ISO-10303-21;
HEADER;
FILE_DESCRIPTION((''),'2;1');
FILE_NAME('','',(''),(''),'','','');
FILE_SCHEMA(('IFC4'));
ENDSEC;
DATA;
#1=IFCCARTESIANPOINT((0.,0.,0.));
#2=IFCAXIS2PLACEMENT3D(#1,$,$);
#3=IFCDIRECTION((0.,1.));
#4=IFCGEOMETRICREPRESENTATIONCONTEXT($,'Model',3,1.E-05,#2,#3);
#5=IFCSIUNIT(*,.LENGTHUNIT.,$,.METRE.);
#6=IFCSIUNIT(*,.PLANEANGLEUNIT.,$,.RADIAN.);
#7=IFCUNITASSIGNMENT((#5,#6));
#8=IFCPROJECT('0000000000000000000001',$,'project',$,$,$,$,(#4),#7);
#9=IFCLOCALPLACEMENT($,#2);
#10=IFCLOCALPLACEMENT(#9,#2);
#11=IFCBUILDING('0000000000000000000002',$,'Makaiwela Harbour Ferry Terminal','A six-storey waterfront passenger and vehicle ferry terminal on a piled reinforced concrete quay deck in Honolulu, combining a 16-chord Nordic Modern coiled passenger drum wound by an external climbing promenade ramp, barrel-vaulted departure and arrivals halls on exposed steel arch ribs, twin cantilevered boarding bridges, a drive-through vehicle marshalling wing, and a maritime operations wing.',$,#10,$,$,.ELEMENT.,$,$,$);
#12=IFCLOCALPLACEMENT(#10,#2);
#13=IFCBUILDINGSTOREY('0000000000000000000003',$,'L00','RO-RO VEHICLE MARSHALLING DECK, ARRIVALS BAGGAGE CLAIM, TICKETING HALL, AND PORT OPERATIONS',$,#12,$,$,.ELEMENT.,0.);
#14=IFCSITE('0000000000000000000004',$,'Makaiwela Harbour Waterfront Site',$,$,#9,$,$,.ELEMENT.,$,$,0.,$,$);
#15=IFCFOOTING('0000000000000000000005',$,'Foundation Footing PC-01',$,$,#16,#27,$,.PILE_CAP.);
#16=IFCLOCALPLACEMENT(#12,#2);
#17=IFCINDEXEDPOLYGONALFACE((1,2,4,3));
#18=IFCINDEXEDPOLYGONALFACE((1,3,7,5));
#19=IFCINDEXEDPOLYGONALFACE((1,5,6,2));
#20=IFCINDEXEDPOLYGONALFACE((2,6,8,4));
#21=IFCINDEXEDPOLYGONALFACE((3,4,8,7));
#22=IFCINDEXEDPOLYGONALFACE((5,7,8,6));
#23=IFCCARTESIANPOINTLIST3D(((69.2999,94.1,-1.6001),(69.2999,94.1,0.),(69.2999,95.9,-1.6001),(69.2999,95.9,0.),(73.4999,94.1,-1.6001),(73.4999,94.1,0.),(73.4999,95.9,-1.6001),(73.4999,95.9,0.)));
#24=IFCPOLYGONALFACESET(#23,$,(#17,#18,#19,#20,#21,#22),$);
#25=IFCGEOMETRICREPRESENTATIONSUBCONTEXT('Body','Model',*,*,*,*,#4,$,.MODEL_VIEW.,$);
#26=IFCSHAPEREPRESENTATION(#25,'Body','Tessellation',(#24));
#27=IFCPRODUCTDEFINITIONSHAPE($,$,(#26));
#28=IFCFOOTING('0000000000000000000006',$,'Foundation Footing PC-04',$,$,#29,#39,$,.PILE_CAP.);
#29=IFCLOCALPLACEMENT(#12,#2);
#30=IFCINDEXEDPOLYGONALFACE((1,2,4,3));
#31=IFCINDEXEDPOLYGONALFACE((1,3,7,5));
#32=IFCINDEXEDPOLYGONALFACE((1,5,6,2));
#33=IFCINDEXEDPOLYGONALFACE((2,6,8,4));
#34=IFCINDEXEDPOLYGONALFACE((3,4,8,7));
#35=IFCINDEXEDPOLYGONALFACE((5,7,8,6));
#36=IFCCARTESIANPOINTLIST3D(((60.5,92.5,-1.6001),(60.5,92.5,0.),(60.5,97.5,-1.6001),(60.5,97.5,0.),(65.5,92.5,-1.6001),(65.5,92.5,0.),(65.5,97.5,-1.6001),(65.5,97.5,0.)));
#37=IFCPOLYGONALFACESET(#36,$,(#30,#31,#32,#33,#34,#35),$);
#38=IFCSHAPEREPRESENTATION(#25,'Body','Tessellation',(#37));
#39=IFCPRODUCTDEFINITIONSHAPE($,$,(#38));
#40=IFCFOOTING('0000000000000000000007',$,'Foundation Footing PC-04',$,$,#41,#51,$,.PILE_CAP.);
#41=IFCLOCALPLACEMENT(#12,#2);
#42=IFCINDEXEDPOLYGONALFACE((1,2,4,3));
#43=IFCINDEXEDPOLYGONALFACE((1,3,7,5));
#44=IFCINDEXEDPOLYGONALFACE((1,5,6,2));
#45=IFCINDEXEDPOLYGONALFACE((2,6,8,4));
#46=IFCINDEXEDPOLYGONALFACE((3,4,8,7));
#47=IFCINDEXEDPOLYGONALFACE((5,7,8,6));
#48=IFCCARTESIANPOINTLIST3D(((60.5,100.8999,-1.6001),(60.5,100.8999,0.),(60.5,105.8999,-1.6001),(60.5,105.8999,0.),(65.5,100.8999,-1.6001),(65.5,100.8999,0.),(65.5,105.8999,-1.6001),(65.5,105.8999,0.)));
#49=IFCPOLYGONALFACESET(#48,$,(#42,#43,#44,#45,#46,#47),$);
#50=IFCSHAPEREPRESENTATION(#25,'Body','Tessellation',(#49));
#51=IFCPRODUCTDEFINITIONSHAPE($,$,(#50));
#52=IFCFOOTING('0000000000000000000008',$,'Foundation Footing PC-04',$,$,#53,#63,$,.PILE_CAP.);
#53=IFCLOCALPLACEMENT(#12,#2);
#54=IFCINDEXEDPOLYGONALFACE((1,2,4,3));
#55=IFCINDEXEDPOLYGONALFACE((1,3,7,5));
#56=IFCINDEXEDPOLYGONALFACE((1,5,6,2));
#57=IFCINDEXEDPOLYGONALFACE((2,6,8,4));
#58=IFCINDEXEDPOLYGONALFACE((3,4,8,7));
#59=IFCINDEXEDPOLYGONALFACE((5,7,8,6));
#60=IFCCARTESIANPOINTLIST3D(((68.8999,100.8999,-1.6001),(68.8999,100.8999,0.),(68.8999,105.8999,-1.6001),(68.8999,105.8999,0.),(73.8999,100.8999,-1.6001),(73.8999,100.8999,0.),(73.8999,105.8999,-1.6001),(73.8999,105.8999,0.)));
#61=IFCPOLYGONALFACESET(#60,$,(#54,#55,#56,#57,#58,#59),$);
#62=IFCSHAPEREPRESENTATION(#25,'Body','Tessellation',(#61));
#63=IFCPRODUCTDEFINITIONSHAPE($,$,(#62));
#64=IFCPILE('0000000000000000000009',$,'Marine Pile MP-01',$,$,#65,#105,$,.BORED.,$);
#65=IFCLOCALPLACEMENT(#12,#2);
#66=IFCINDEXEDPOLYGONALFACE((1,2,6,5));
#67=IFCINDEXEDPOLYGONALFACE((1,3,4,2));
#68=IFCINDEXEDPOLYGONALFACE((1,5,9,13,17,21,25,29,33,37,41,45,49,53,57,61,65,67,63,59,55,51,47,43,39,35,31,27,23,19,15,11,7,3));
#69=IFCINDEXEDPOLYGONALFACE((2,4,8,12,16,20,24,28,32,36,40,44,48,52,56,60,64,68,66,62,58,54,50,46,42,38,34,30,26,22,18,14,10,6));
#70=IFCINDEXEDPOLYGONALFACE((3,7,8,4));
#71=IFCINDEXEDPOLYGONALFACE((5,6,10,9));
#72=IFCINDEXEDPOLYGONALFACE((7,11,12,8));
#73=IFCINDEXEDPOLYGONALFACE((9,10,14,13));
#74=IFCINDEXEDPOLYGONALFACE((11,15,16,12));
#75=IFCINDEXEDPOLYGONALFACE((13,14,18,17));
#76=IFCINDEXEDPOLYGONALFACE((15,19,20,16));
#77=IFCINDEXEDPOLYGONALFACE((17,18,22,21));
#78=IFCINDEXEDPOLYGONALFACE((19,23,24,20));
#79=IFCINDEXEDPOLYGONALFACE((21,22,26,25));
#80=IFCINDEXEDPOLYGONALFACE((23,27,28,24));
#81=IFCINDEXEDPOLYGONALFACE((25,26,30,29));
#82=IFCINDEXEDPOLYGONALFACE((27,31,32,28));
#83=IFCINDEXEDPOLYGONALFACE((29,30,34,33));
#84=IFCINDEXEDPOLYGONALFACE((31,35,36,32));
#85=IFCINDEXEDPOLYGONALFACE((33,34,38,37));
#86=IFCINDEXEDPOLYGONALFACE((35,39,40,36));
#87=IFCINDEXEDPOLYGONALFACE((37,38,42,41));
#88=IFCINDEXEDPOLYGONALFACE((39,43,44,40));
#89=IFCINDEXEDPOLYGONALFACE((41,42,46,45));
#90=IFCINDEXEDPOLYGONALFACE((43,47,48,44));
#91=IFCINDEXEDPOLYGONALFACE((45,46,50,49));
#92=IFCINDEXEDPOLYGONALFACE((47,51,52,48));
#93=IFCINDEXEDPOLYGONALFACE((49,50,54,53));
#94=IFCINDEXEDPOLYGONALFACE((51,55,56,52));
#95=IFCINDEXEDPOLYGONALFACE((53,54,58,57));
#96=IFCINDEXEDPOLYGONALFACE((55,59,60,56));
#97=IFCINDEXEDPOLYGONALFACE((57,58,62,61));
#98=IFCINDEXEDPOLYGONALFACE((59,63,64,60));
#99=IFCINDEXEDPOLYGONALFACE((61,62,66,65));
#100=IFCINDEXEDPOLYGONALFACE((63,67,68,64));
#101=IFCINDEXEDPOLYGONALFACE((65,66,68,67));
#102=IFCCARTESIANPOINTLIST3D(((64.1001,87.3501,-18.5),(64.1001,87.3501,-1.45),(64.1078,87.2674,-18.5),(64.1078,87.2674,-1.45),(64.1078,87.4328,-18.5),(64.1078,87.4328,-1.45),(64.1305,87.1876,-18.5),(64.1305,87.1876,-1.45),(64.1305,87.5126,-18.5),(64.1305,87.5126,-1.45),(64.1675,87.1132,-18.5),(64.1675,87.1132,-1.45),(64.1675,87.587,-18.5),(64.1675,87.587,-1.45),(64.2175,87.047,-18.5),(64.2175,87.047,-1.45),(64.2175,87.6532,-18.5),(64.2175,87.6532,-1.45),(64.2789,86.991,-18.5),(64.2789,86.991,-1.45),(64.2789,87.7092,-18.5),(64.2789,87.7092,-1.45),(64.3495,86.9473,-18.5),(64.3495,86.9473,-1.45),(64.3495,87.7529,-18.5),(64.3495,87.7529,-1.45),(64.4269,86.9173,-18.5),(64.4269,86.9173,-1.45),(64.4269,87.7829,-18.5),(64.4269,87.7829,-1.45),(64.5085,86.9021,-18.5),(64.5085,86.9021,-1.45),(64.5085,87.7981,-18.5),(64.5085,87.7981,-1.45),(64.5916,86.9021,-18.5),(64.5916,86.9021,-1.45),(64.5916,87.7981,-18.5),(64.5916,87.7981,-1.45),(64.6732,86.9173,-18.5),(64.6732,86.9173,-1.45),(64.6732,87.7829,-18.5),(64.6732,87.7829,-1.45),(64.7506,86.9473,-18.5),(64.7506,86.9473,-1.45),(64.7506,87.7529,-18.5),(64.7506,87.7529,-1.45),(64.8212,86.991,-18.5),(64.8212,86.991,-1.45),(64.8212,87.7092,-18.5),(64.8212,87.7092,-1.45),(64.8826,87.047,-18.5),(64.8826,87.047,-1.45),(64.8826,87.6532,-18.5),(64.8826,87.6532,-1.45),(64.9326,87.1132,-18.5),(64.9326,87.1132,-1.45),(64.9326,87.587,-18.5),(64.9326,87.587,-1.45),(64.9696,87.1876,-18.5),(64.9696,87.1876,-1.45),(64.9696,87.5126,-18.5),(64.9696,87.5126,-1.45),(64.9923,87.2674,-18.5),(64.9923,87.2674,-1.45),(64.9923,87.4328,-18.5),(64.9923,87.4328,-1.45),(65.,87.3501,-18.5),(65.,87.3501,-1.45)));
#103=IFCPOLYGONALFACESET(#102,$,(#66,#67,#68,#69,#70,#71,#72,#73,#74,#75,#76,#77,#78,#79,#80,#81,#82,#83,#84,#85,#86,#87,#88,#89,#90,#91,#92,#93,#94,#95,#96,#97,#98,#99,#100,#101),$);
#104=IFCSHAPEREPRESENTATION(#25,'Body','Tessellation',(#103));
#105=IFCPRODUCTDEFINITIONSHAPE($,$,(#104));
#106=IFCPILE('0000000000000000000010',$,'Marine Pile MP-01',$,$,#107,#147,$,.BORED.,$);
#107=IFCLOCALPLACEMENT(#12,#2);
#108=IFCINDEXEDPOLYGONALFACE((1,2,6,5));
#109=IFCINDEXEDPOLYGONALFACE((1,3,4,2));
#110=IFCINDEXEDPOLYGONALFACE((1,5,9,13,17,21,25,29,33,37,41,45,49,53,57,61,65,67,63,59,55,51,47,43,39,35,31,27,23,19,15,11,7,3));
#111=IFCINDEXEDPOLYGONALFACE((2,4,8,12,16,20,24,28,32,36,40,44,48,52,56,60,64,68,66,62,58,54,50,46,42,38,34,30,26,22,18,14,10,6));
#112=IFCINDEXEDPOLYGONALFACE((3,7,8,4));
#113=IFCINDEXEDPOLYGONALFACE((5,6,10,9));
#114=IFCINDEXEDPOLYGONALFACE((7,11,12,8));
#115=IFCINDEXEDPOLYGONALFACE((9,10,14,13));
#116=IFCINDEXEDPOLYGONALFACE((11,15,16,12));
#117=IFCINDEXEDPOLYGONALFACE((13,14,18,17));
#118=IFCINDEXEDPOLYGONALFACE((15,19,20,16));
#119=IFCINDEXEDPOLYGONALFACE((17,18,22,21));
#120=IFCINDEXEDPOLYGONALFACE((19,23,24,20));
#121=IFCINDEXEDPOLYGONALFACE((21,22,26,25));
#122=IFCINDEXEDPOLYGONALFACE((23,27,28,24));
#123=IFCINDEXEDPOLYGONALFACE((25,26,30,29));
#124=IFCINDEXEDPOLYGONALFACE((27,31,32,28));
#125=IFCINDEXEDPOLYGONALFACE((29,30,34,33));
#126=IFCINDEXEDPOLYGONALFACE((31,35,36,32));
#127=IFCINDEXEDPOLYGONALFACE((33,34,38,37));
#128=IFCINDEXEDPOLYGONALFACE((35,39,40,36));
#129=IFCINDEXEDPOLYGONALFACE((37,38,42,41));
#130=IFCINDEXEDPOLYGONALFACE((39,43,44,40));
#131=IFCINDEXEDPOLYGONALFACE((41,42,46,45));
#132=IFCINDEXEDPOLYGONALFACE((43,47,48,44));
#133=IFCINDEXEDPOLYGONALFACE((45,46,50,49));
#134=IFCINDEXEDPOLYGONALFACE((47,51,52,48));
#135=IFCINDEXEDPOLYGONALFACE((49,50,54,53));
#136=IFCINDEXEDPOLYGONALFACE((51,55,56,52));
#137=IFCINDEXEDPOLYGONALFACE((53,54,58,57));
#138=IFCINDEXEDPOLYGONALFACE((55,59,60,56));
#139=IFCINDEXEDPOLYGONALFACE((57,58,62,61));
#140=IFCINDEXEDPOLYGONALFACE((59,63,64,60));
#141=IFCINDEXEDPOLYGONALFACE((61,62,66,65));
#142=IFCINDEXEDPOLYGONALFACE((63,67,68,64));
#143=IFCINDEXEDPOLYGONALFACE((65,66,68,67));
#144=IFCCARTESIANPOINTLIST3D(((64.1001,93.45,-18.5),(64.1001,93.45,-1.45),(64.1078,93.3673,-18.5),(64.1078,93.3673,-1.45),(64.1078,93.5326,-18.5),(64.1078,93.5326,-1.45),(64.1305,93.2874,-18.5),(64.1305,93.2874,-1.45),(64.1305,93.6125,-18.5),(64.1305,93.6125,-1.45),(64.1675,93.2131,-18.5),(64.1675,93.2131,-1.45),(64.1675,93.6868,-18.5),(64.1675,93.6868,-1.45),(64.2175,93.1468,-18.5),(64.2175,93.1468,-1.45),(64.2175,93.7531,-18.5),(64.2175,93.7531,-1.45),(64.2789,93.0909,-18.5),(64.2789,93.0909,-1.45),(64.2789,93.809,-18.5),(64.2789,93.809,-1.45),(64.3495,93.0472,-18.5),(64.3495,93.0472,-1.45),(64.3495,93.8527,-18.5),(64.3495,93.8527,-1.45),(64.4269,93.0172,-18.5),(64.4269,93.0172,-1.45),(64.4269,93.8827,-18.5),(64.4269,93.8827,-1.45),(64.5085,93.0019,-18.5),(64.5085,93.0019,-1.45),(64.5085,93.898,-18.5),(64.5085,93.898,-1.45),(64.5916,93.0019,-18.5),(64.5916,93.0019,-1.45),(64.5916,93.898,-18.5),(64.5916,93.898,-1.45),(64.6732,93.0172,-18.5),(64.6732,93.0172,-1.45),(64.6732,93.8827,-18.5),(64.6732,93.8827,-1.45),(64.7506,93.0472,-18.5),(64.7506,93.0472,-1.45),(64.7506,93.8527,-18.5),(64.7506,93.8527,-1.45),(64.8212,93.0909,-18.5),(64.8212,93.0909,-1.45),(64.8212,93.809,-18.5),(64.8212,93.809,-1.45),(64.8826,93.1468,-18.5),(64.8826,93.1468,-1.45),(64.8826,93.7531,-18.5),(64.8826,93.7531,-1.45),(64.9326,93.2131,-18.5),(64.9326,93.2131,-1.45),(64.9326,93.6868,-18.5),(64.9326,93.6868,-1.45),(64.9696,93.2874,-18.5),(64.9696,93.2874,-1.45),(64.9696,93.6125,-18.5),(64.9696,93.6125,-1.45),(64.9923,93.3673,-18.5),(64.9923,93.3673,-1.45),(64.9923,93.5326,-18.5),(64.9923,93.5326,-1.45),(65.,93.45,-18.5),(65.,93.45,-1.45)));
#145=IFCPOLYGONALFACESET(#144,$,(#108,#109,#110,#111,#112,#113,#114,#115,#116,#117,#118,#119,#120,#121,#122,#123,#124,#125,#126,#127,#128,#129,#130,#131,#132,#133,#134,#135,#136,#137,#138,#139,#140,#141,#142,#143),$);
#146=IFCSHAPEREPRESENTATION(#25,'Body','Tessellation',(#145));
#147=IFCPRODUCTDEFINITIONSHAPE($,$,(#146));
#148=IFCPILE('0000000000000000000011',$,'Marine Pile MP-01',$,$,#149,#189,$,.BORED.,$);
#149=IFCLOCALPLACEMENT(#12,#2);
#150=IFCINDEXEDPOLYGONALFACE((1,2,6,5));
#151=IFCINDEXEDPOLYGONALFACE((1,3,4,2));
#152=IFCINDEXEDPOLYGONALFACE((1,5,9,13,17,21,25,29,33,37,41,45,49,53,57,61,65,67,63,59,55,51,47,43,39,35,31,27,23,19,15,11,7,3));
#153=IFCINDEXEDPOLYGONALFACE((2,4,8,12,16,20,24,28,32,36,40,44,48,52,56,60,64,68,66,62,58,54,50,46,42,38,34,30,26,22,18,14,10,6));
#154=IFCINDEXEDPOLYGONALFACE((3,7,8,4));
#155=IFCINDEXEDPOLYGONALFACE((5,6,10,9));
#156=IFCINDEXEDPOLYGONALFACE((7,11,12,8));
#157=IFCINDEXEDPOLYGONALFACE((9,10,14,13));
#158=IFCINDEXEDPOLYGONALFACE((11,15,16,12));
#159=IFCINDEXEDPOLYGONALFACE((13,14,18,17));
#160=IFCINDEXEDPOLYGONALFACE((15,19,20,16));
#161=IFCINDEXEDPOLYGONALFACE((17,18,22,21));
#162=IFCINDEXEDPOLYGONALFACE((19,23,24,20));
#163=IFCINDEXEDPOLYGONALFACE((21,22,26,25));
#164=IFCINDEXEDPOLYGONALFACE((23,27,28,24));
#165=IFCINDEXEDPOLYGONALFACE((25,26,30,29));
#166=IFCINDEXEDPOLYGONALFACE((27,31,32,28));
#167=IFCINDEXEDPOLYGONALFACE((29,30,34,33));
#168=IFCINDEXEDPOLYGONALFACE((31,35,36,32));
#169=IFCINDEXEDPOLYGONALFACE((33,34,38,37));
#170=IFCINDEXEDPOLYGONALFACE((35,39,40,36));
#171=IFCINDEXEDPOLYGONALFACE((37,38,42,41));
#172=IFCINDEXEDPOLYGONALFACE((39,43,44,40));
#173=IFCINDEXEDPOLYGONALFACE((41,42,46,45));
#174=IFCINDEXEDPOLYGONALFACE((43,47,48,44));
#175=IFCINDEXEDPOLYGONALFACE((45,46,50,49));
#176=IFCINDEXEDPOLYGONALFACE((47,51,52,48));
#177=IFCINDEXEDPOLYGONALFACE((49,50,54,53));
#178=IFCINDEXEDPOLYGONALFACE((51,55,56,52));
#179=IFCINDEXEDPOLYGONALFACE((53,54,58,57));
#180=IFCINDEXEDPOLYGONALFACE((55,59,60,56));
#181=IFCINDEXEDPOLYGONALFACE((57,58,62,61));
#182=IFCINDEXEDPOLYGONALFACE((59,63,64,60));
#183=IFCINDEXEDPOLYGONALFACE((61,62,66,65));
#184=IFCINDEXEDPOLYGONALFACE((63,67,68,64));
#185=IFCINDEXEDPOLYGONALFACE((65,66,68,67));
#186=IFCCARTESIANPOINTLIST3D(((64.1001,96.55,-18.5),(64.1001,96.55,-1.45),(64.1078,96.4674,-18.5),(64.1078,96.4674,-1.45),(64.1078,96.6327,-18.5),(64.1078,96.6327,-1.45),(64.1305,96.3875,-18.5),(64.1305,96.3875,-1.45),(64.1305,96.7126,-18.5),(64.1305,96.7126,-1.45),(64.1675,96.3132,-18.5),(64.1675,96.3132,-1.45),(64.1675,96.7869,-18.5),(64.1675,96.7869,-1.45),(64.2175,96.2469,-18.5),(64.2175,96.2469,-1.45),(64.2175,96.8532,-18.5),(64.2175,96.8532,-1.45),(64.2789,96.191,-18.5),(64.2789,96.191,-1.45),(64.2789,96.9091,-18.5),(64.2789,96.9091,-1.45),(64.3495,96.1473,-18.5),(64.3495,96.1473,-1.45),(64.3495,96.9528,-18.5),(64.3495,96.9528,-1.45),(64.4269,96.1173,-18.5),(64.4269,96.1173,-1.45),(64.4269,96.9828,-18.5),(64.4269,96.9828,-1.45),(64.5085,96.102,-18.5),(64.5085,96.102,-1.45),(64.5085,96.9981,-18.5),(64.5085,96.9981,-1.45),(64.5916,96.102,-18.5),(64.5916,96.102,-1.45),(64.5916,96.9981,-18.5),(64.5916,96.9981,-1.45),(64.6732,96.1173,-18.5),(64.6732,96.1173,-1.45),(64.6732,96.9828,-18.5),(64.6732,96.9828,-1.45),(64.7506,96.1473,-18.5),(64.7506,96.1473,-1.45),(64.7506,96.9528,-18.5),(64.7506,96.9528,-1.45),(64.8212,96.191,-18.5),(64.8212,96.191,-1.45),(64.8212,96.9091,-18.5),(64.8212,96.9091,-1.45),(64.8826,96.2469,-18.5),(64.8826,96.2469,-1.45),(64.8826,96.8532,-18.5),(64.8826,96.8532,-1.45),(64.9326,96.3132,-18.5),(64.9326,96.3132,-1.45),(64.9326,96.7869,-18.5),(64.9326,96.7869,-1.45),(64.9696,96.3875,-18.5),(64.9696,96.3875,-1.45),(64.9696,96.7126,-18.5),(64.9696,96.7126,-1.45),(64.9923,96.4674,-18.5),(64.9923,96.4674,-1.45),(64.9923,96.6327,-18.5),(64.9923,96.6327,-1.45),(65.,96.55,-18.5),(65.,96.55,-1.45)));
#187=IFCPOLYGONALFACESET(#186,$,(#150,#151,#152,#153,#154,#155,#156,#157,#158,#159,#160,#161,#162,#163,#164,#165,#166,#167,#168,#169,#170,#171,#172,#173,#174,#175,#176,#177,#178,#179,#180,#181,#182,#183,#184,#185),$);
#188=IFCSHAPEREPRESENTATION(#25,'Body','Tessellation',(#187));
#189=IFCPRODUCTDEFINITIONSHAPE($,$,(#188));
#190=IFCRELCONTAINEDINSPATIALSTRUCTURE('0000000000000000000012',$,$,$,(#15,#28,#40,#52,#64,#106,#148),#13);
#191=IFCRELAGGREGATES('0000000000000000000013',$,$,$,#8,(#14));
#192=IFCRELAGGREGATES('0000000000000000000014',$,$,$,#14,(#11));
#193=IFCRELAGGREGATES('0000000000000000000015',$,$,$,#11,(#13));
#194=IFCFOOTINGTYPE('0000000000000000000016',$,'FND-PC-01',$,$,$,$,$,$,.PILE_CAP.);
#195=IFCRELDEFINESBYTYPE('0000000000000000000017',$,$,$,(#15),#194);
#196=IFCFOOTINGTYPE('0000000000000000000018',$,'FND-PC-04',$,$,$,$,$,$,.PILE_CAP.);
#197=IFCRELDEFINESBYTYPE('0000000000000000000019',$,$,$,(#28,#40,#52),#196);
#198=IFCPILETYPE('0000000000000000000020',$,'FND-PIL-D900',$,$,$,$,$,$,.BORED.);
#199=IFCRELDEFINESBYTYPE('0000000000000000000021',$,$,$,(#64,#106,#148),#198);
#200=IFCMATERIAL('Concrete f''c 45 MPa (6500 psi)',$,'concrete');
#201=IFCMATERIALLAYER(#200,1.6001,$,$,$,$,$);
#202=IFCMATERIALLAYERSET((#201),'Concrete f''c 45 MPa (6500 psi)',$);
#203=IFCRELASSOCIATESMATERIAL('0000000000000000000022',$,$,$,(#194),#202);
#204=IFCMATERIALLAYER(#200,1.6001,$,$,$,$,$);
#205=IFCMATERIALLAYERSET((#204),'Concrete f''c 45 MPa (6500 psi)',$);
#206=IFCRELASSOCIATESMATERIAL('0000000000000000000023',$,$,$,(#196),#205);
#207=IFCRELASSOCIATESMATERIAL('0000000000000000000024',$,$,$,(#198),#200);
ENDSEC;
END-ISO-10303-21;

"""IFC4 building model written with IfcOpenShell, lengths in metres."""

from ifc_helpers import new_model, si_unit, direction, frame, origin, origin_2d, place, context, subcontext, project, spatial, rectangle, circle, extrude, material, layer, layer_set, material_profile, profile_set, type_object, element, save


model = new_model("IFC4")

# Units and contexts
model_context = context("Model", 3, precision=1e-05, world=origin(), true_north=direction((0.0, 1.0)))
body_context = subcontext(model_context, "Body", "Model", "MODEL_VIEW")
ifc_project = project(units=[si_unit("LENGTHUNIT", "METRE"), si_unit("PLANEANGLEUNIT", "RADIAN")], contexts=[model_context])

# Site, building, storey
site_placement = place(None, origin())
site = spatial("IfcSite", under=ifc_project, at=site_placement, Name="Makaiwela Harbour Waterfront Site", CompositionType="ELEMENT", RefElevation=0.0)
building_placement = place(site_placement, origin())
building = spatial("IfcBuilding", under=site, at=building_placement, Name="Makaiwela Harbour Ferry Terminal", Description="A six-storey waterfront passenger and vehicle ferry terminal on a piled reinforced concrete quay deck in Honolulu, combining a 16-chord Nordic Modern coiled passenger drum wound by an external climbing promenade ramp, barrel-vaulted departure and arrivals halls on exposed steel arch ribs, twin cantilevered boarding bridges, a drive-through vehicle marshalling wing, and a maritime operations wing.", CompositionType="ELEMENT")
storey_placement = place(building_placement, origin())
storey = spatial("IfcBuildingStorey", under=building, at=storey_placement, Name="L00", Description="RO-RO VEHICLE MARSHALLING DECK, ARRIVALS BAGGAGE CLAIM, TICKETING HALL, AND PORT OPERATIONS", CompositionType="ELEMENT", Elevation=0.0)

# Footings
ifc_material_1 = material(Name="Concrete f'c 45 MPa (6500 psi)", Category="concrete")
ifc_layer_1 = layer(ifc_material_1, 1.6001)
ifc_layer_set_1 = layer_set([ifc_layer_1], Name="Concrete f'c 45 MPa (6500 psi)")
footing_type_1 = type_object("IfcFootingType", Name="FND-PC-01", PredefinedType="PILE_CAP", material=ifc_layer_set_1)
footing_1_placement = place(storey_placement, frame((71.3999, 95.0, -1.6001), z_axis=(0.0, 0.0, 1.0), x_axis=(1.0, 0.0, 0.0)))
element("IfcFooting", 1, at=footing_1_placement, inside=storey, type_object=footing_type_1, Name="Foundation Footing PC-01", PredefinedType="PILE_CAP", context=body_context, shape_type="SweptSolid", body=[
    extrude(rectangle(XDim=4.2, YDim=1.8, at=origin_2d()), origin(), (0.0, 0.0, 1.0), 1.6001),
])
ifc_layer_2 = layer(ifc_material_1, 1.6001)
ifc_layer_set_2 = layer_set([ifc_layer_2], Name="Concrete f'c 45 MPa (6500 psi)")
footing_type_2 = type_object("IfcFootingType", Name="FND-PC-04", PredefinedType="PILE_CAP", material=ifc_layer_set_2)
for number, where, z_axis, x_axis, name in (
    (2, (63.0, 95.0, -1.6001), (0.0, 0.0, 1.0), (1.0, 0.0, 0.0), "Foundation Footing PC-04"),
    (3, (63.0, 103.3999, -1.6001), (0.0, 0.0, 1.0), (1.0, 0.0, 0.0), "Foundation Footing PC-04"),
    (4, (71.3999, 103.3999, -1.6001), (0.0, 0.0, 1.0), (1.0, 0.0, 0.0), "Foundation Footing PC-04"),
):
    element("IfcFooting", number, at=place(storey_placement, frame(where, z_axis=z_axis, x_axis=x_axis)), inside=storey, type_object=footing_type_2, Name=name, PredefinedType="PILE_CAP", context=body_context, shape_type="SweptSolid", body=[
        extrude(rectangle(XDim=5.0, YDim=5.0, at=origin_2d()), origin(), (0.0, 0.0, 1.0), 1.6001),
    ])

# Piles
ifc_material_profile_1 = material_profile(ifc_material_1, circle(Radius=0.45, at=origin_2d()), Name="PILE-D900")
ifc_profile_set_1 = profile_set([ifc_material_profile_1], Name="Concrete f'c 45 MPa (6500 psi)")
pile_type = type_object("IfcPileType", Name="FND-PIL-D900", PredefinedType="BORED", material=ifc_profile_set_1)
for number, where, z_axis, x_axis, name in (
    (5, (64.55, 87.3501, -1.45), (0.0, 0.0, -1.0), (1.0, 0.0, 0.0), "Marine Pile MP-01"),
    (6, (64.55, 93.45, -1.45), (0.0, 0.0, -1.0), (1.0, 0.0, 0.0), "Marine Pile MP-01"),
    (7, (64.55, 96.55, -1.45), (0.0, 0.0, -1.0), (1.0, 0.0, 0.0), "Marine Pile MP-01"),
):
    element("IfcPile", number, at=place(storey_placement, frame(where, z_axis=z_axis, x_axis=x_axis)), inside=storey, type_object=pile_type, Name=name, PredefinedType="BORED", context=body_context, shape_type="SweptSolid", body=[
        extrude(circle(Radius=0.45, at=origin_2d()), origin(), (0.0, 0.0, 1.0), 17.05),
    ])

save(model, "model.ifc")
